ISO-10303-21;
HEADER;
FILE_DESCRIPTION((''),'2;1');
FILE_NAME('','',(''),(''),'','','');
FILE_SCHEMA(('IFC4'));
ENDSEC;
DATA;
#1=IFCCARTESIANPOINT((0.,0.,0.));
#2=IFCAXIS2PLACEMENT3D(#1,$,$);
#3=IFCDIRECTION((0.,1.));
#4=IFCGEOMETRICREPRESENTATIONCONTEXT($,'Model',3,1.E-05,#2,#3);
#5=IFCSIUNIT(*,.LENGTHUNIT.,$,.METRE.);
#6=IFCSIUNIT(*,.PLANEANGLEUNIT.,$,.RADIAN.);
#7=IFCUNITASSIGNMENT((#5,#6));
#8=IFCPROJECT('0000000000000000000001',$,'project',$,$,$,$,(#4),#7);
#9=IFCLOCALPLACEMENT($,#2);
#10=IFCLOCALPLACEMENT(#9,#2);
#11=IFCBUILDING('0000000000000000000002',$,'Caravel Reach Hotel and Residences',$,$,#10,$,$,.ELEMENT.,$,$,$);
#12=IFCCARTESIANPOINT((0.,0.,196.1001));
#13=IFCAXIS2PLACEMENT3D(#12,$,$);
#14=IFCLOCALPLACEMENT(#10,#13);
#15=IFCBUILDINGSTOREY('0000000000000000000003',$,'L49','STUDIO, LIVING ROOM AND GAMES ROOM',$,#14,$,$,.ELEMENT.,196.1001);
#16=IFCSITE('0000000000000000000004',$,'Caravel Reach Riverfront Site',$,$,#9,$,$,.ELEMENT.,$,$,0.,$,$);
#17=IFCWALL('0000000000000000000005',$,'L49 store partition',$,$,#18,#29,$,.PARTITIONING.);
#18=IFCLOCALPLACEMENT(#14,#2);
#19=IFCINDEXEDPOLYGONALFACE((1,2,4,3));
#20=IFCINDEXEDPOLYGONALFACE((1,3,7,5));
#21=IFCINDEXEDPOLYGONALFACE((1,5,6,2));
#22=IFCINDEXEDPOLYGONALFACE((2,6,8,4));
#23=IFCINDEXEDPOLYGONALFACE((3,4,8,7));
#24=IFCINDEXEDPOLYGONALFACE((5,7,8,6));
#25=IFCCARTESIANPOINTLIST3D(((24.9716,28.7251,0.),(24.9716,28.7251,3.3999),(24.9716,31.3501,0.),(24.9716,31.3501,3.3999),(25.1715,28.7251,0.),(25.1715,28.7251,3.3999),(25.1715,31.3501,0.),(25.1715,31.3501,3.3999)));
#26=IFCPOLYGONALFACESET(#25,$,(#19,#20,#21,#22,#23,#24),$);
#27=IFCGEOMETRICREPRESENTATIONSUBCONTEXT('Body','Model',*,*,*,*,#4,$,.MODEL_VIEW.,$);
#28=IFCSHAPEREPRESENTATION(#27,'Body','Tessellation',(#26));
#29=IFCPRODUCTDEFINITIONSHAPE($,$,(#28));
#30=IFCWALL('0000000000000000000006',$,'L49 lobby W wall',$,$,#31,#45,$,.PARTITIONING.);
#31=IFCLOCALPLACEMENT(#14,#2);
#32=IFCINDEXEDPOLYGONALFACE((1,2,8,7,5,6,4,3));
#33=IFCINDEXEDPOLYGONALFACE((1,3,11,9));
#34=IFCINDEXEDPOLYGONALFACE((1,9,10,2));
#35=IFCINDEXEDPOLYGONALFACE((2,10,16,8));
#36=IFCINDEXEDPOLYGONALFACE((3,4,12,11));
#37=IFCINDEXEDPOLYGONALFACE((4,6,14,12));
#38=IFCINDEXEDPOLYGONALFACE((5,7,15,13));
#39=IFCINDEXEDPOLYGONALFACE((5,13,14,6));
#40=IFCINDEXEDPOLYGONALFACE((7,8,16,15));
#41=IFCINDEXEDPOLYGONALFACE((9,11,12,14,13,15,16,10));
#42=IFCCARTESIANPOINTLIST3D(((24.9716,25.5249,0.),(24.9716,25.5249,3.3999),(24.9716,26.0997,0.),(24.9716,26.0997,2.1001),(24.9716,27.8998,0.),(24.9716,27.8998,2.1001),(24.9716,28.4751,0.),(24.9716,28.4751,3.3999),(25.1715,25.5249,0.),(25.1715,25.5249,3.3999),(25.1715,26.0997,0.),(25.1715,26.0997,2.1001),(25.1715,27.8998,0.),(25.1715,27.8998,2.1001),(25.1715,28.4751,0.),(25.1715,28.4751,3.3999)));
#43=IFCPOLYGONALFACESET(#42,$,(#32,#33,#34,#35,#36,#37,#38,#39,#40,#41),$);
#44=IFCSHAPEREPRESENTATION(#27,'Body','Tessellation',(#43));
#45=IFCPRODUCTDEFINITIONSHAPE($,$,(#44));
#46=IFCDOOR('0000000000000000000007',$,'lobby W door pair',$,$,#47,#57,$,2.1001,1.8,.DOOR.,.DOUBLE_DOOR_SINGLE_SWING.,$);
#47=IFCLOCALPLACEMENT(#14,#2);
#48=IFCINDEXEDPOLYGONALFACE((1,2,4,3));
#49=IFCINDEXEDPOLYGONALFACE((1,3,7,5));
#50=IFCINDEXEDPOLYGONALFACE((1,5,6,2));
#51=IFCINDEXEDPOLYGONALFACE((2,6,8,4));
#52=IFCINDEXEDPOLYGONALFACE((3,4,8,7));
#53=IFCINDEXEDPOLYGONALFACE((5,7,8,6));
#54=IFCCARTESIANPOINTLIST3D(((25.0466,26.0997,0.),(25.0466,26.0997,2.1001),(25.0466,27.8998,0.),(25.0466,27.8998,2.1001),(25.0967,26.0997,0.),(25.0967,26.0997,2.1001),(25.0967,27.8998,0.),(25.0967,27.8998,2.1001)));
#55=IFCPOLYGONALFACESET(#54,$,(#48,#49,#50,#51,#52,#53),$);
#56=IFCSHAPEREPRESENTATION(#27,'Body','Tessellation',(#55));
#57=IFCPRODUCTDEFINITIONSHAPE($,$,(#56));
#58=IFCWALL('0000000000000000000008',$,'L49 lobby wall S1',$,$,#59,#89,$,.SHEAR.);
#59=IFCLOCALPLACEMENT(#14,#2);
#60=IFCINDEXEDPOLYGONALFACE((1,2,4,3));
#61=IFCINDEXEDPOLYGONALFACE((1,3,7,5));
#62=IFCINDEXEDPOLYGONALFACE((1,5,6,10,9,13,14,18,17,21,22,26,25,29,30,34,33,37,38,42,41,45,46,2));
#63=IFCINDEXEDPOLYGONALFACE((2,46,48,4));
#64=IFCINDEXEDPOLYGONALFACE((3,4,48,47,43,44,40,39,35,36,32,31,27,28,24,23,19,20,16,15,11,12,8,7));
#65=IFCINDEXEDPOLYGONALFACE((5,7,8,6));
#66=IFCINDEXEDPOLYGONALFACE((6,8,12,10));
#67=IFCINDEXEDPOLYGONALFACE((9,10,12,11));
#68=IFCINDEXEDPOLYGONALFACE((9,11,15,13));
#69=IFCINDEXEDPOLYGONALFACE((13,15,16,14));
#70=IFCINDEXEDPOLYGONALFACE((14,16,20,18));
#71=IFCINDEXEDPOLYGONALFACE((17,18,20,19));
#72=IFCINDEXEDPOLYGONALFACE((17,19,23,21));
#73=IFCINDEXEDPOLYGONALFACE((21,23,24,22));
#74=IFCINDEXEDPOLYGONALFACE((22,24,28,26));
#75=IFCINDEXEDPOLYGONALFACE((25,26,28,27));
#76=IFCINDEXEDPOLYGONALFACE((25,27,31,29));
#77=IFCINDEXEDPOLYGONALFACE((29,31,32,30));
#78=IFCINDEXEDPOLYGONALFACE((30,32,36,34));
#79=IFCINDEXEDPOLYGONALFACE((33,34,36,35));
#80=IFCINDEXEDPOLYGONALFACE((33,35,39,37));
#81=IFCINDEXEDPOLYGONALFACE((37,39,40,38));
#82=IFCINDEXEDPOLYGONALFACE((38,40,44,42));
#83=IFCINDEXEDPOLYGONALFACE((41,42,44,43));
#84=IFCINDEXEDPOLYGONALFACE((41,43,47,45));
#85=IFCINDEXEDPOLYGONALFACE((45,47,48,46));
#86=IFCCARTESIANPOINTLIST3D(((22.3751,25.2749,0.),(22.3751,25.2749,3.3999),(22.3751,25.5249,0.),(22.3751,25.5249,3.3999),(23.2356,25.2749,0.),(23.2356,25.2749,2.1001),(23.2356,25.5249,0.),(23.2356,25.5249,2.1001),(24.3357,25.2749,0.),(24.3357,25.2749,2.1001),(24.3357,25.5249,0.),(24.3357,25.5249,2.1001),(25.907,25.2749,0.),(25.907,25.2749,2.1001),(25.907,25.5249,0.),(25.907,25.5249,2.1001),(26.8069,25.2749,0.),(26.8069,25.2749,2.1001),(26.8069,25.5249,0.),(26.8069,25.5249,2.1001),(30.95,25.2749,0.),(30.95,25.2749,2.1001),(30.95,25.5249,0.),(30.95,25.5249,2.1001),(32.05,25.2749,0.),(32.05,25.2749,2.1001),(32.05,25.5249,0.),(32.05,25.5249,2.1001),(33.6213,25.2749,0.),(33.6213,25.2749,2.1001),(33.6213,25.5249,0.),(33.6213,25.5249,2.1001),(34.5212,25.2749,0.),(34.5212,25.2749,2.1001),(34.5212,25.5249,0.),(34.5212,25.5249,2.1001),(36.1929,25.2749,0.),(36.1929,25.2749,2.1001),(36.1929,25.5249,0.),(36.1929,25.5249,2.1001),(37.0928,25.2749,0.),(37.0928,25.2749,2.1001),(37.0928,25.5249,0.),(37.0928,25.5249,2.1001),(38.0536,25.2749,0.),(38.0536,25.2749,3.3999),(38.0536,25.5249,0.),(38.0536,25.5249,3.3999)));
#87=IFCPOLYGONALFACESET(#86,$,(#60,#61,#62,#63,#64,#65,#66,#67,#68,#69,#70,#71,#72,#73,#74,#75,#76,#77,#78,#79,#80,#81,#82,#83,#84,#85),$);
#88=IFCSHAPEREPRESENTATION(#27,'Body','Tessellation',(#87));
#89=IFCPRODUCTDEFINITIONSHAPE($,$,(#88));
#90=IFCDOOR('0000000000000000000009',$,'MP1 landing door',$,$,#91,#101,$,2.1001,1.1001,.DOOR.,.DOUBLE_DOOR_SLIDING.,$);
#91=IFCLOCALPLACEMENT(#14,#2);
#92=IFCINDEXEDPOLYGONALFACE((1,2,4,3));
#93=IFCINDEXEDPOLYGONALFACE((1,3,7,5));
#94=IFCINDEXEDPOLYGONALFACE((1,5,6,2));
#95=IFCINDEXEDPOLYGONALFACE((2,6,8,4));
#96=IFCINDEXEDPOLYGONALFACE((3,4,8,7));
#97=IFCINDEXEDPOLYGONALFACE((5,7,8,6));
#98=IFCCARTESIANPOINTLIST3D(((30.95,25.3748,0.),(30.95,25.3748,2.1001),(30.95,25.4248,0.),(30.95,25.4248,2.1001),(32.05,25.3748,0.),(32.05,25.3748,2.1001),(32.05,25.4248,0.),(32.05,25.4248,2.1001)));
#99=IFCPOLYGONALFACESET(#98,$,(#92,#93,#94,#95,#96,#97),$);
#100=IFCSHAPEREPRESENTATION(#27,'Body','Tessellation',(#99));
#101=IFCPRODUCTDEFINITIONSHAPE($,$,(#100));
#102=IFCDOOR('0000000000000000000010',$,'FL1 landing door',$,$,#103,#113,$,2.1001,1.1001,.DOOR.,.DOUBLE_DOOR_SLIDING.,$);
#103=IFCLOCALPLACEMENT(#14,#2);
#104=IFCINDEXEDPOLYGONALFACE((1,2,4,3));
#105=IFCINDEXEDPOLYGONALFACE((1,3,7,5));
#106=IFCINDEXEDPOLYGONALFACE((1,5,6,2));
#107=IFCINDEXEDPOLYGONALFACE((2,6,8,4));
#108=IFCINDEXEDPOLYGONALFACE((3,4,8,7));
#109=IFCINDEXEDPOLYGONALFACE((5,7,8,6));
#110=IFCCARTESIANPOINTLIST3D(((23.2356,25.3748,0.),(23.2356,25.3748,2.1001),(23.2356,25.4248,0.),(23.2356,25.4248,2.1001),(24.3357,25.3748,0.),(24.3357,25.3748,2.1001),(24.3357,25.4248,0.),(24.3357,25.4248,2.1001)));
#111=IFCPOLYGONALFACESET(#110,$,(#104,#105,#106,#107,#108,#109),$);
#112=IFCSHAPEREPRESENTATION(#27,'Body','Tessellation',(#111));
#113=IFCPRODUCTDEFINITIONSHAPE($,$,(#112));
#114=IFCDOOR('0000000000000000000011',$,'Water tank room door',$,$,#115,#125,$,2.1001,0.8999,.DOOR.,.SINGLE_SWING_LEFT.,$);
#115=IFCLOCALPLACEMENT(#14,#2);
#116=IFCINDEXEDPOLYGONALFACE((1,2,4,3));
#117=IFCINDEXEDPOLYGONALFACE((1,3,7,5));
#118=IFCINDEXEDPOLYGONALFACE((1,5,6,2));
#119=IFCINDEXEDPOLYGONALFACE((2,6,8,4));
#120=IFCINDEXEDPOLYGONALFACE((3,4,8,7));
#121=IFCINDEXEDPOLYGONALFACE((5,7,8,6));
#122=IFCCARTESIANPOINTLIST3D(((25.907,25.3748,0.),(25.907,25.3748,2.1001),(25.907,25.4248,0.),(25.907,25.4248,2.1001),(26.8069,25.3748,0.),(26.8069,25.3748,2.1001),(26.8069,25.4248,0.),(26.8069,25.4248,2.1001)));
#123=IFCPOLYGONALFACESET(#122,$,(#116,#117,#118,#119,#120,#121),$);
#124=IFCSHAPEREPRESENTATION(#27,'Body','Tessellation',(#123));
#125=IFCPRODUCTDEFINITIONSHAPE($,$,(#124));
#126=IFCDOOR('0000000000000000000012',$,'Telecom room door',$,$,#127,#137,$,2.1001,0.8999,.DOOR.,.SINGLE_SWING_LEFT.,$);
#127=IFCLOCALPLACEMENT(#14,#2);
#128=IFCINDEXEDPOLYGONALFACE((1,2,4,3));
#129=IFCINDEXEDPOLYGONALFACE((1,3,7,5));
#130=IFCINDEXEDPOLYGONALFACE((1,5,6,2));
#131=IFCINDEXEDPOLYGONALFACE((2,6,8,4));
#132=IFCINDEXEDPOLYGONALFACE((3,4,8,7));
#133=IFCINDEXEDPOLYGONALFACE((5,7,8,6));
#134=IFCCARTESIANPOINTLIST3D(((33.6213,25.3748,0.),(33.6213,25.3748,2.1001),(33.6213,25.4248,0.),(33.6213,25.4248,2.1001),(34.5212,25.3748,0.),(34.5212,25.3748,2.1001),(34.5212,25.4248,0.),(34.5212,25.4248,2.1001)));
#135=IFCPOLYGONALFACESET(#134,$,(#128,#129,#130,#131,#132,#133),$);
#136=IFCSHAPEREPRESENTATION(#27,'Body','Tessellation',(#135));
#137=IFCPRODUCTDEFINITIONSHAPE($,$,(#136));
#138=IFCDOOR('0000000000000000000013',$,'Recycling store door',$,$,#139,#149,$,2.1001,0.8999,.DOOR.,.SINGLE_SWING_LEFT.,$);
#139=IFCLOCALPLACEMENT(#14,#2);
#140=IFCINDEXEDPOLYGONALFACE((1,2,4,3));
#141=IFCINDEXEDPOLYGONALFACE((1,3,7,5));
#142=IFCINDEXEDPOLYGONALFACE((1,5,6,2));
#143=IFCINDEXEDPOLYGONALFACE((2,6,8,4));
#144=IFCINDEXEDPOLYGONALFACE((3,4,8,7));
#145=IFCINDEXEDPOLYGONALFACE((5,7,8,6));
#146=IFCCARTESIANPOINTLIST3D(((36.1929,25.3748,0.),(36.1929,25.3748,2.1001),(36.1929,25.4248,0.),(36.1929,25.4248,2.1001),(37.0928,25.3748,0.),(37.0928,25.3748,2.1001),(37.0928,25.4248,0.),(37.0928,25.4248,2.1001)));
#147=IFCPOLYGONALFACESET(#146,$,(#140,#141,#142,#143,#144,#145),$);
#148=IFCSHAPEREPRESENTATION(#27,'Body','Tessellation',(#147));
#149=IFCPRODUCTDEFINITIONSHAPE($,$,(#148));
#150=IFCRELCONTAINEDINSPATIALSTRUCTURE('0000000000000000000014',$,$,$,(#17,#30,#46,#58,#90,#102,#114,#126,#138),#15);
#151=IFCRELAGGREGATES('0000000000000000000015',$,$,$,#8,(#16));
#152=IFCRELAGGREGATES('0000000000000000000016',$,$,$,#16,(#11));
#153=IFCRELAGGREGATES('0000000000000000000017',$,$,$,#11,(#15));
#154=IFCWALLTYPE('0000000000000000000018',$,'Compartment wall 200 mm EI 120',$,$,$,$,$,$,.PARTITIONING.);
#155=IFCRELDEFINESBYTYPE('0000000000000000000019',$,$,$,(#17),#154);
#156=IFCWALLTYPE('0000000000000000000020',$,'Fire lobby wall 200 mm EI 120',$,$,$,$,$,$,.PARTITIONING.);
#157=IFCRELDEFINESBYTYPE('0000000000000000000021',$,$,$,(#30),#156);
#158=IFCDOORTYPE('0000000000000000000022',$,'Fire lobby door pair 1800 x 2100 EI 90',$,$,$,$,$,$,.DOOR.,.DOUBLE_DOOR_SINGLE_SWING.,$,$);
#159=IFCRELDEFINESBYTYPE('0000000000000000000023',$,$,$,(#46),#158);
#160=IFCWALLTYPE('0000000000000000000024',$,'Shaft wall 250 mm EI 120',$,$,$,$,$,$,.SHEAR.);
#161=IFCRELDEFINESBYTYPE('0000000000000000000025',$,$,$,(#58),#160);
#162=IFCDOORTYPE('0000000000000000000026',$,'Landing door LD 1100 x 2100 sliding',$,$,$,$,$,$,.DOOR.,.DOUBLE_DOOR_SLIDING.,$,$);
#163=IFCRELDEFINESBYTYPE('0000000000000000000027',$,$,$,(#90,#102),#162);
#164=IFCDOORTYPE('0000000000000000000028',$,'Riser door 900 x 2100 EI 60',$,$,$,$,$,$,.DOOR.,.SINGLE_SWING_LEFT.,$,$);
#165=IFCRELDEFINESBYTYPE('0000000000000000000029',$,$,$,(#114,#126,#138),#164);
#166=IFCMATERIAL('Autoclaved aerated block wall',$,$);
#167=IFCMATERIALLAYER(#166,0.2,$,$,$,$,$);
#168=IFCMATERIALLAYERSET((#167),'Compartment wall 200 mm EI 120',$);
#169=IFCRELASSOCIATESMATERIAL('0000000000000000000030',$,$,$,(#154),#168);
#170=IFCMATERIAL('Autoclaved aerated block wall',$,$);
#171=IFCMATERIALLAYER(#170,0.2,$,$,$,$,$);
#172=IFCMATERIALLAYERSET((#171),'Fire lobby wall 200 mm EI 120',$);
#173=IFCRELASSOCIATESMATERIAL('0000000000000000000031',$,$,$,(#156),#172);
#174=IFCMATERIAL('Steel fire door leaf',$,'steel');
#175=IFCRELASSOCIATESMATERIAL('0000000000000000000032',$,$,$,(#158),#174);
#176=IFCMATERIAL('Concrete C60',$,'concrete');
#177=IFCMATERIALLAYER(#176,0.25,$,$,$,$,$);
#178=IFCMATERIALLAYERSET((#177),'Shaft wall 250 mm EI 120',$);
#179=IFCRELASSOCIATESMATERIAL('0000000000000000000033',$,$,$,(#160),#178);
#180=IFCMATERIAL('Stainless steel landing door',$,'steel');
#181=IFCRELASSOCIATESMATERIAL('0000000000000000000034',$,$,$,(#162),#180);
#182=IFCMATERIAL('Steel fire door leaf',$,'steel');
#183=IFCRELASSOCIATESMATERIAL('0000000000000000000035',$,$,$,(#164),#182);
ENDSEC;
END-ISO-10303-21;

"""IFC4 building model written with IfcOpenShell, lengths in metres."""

from ifc_helpers import new_model, si_unit, direction, frame, frame_2d, origin, place, context, subcontext, project, spatial, rectangle, extrude, material, layer, layer_set, type_object, element, fill, save


model = new_model("IFC4")

# Units and contexts
model_context = context("Model", 3, precision=1e-05, world=origin(), true_north=direction((0.0, 1.0)))
body_context = subcontext(model_context, "Body", "Model", "MODEL_VIEW")
ifc_project = project(units=[si_unit("LENGTHUNIT", "METRE"), si_unit("PLANEANGLEUNIT", "RADIAN")], contexts=[model_context])

# Site, building, storey
site_placement = place(None, origin())
site = spatial("IfcSite", under=ifc_project, at=site_placement, Name="Caravel Reach Riverfront Site", CompositionType="ELEMENT", RefElevation=0.0)
building_placement = place(site_placement, origin())
building = spatial("IfcBuilding", under=site, at=building_placement, Name="Caravel Reach Hotel and Residences", CompositionType="ELEMENT")
storey_placement = place(building_placement, frame((0.0, 0.0, 196.1001)))
storey = spatial("IfcBuildingStorey", under=building, at=storey_placement, Name="L49", Description="STUDIO, LIVING ROOM AND GAMES ROOM", CompositionType="ELEMENT", Elevation=196.1001)

# Wall
ifc_material_1 = material(Name="Autoclaved aerated block wall")
ifc_layer_1 = layer(ifc_material_1, 0.2)
ifc_layer_set_1 = layer_set([ifc_layer_1], Name="Compartment wall 200 mm EI 120")
wall_type_1 = type_object("IfcWallType", Name="Compartment wall 200 mm EI 120", PredefinedType="PARTITIONING", material=ifc_layer_set_1)
wall_1_placement = place(storey_placement, frame((25.0715, 28.7251, 0.0), z_axis=(0.0, 0.0, 1.0), x_axis=(0.0, 1.0, 0.0)))
element("IfcWall", 1, at=wall_1_placement, inside=storey, type_object=wall_type_1, Name="L49 store partition", PredefinedType="PARTITIONING", context=body_context, shape_type="SweptSolid", body=[
    extrude(rectangle(XDim=2.625, YDim=0.2, at=frame_2d((1.3125, 0.0))), origin(), (0.0, 0.0, 1.0), 3.3999),
])

# Wall, opening, door
ifc_material_2 = material(Name="Autoclaved aerated block wall")
ifc_layer_2 = layer(ifc_material_2, 0.2)
ifc_layer_set_2 = layer_set([ifc_layer_2], Name="Fire lobby wall 200 mm EI 120")
wall_type_2 = type_object("IfcWallType", Name="Fire lobby wall 200 mm EI 120", PredefinedType="PARTITIONING", material=ifc_layer_set_2)
wall_2_placement = place(storey_placement, frame((25.0715, 25.5249, 0.0), z_axis=(0.0, 0.0, 1.0), x_axis=(0.0, 1.0, 0.0)))
wall_2 = element("IfcWall", 2, at=wall_2_placement, inside=storey, type_object=wall_type_2, Name="L49 lobby W wall", PredefinedType="PARTITIONING", context=body_context, shape_type="SweptSolid", body=[
    extrude(rectangle(XDim=2.9502, YDim=0.2, at=frame_2d((1.4751, 0.0))), origin(), (0.0, 0.0, 1.0), 3.3999),
])
opening_1_placement = place(wall_2_placement, frame((0.575, 0.0, 0.0)))
opening_1 = element("IfcOpeningElement", 3, at=opening_1_placement, cuts=wall_2, PredefinedType="OPENING", context=body_context, shape_type="SweptSolid", body=[
    extrude(rectangle(XDim=1.8, YDim=2.1001, at=frame_2d((0.8999, 1.05))), frame((0.0, 0.1099, 0.0), z_axis=(0.0, -1.0, 0.0), x_axis=(1.0, 0.0, 0.0)), (0.0, 0.0, 1.0), 0.22),
])
ifc_material_3 = material(Name="Steel fire door leaf", Category="steel")
door_type_1 = type_object("IfcDoorType", Name="Fire lobby door pair 1800 x 2100 EI 90", OperationType="DOUBLE_DOOR_SINGLE_SWING", PredefinedType="DOOR", material=ifc_material_3)
door_1_placement = place(opening_1_placement, origin())
door_1 = element("IfcDoor", 4, at=door_1_placement, inside=storey, type_object=door_type_1, Name="lobby W door pair", OperationType="DOUBLE_DOOR_SINGLE_SWING", OverallHeight=2.1001, OverallWidth=1.8, PredefinedType="DOOR", context=body_context, shape_type="SweptSolid", body=[
    extrude(rectangle(XDim=1.8, YDim=2.1001, at=frame_2d((0.8999, 1.05))), frame((0.0, 0.0249, 0.0), z_axis=(0.0, -1.0, 0.0), x_axis=(1.0, 0.0, 0.0)), (0.0, 0.0, 1.0), 0.05),
])
fill(opening_1, door_1)

# Wall, openings, doors
ifc_material_4 = material(Name="Concrete C60", Category="concrete")
ifc_layer_3 = layer(ifc_material_4, 0.25)
ifc_layer_set_3 = layer_set([ifc_layer_3], Name="Shaft wall 250 mm EI 120")
wall_type_3 = type_object("IfcWallType", Name="Shaft wall 250 mm EI 120", PredefinedType="SHEAR", material=ifc_layer_set_3)
wall_3_placement = place(storey_placement, frame((22.375, 25.3999, 0.0), z_axis=(0.0, 0.0, 1.0), x_axis=(1.0, 0.0, 0.0)))
wall_3 = element("IfcWall", 5, at=wall_3_placement, inside=storey, type_object=wall_type_3, Name="L49 lobby wall S1", PredefinedType="SHEAR", context=body_context, shape_type="SweptSolid", body=[
    extrude(rectangle(XDim=15.6785, YDim=0.25, at=frame_2d((7.8394, 0.0))), origin(), (0.0, 0.0, 1.0), 3.3999),
])
opening_2_placement = place(wall_3_placement, frame((8.575, 0.0, 0.0)))
opening_2 = element("IfcOpeningElement", 6, at=opening_2_placement, cuts=wall_3, PredefinedType="OPENING", context=body_context, shape_type="SweptSolid", body=[
    extrude(rectangle(XDim=1.1001, YDim=2.1001, at=frame_2d((0.55, 1.05))), frame((0.0, 0.135, 0.0), z_axis=(0.0, -1.0, 0.0), x_axis=(1.0, 0.0, 0.0)), (0.0, 0.0, 1.0), 0.27),
])
opening_3_placement = place(wall_3_placement, frame((0.8606, 0.0, 0.0)))
opening_3 = element("IfcOpeningElement", 7, at=opening_3_placement, cuts=wall_3, PredefinedType="OPENING", context=body_context, shape_type="SweptSolid", body=[
    extrude(rectangle(XDim=1.1001, YDim=2.1001, at=frame_2d((0.55, 1.05))), frame((0.0, 0.135, 0.0), z_axis=(0.0, -1.0, 0.0), x_axis=(1.0, 0.0, 0.0)), (0.0, 0.0, 1.0), 0.27),
])
opening_4_placement = place(wall_3_placement, frame((3.532, 0.0, 0.0)))
opening_4 = element("IfcOpeningElement", 8, at=opening_4_placement, cuts=wall_3, PredefinedType="OPENING", context=body_context, shape_type="SweptSolid", body=[
    extrude(rectangle(XDim=0.8999, YDim=2.1001, at=frame_2d((0.45, 1.05))), frame((0.0, 0.135, 0.0), z_axis=(0.0, -1.0, 0.0), x_axis=(1.0, 0.0, 0.0)), (0.0, 0.0, 1.0), 0.27),
])
opening_5_placement = place(wall_3_placement, frame((11.2463, 0.0, 0.0)))
opening_5 = element("IfcOpeningElement", 9, at=opening_5_placement, cuts=wall_3, PredefinedType="OPENING", context=body_context, shape_type="SweptSolid", body=[
    extrude(rectangle(XDim=0.8999, YDim=2.1001, at=frame_2d((0.45, 1.05))), frame((0.0, 0.135, 0.0), z_axis=(0.0, -1.0, 0.0), x_axis=(1.0, 0.0, 0.0)), (0.0, 0.0, 1.0), 0.27),
])
opening_6_placement = place(wall_3_placement, frame((13.8179, 0.0, 0.0)))
opening_6 = element("IfcOpeningElement", 10, at=opening_6_placement, cuts=wall_3, PredefinedType="OPENING", context=body_context, shape_type="SweptSolid", body=[
    extrude(rectangle(XDim=0.8999, YDim=2.1001, at=frame_2d((0.45, 1.05))), frame((0.0, 0.135, 0.0), z_axis=(0.0, -1.0, 0.0), x_axis=(1.0, 0.0, 0.0)), (0.0, 0.0, 1.0), 0.27),
])
ifc_material_5 = material(Name="Stainless steel landing door", Category="steel")
door_type_2 = type_object("IfcDoorType", Name="Landing door LD 1100 x 2100 sliding", OperationType="DOUBLE_DOOR_SLIDING", PredefinedType="DOOR", material=ifc_material_5)
door_2_placement = place(opening_2_placement, origin())
door_2 = element("IfcDoor", 11, at=door_2_placement, inside=storey, type_object=door_type_2, Name="MP1 landing door", OperationType="DOUBLE_DOOR_SLIDING", OverallHeight=2.1001, OverallWidth=1.1001, PredefinedType="DOOR", context=body_context, shape_type="SweptSolid", body=[
    extrude(rectangle(XDim=1.1001, YDim=2.1001, at=frame_2d((0.55, 1.05))), frame((0.0, 0.0249, 0.0), z_axis=(0.0, -1.0, 0.0), x_axis=(1.0, 0.0, 0.0)), (0.0, 0.0, 1.0), 0.05),
])
fill(opening_2, door_2)
door_3_placement = place(opening_3_placement, origin())
door_3 = element("IfcDoor", 12, at=door_3_placement, inside=storey, type_object=door_type_2, Name="FL1 landing door", OperationType="DOUBLE_DOOR_SLIDING", OverallHeight=2.1001, OverallWidth=1.1001, PredefinedType="DOOR", context=body_context, shape_type="SweptSolid", body=[
    extrude(rectangle(XDim=1.1001, YDim=2.1001, at=frame_2d((0.55, 1.05))), frame((0.0, 0.0249, 0.0), z_axis=(0.0, -1.0, 0.0), x_axis=(1.0, 0.0, 0.0)), (0.0, 0.0, 1.0), 0.05),
])
fill(opening_3, door_3)
ifc_material_6 = material(Name="Steel fire door leaf", Category="steel")
door_type_3 = type_object("IfcDoorType", Name="Riser door 900 x 2100 EI 60", OperationType="SINGLE_SWING_LEFT", PredefinedType="DOOR", material=ifc_material_6)
door_4_placement = place(opening_4_placement, origin())
door_4 = element("IfcDoor", 13, at=door_4_placement, inside=storey, type_object=door_type_3, Name="Water tank room door", OperationType="SINGLE_SWING_LEFT", OverallHeight=2.1001, OverallWidth=0.8999, PredefinedType="DOOR", context=body_context, shape_type="SweptSolid", body=[
    extrude(rectangle(XDim=0.8999, YDim=2.1001, at=frame_2d((0.45, 1.05))), frame((0.0, 0.0249, 0.0), z_axis=(0.0, -1.0, 0.0), x_axis=(1.0, 0.0, 0.0)), (0.0, 0.0, 1.0), 0.05),
])
fill(opening_4, door_4)
door_5_placement = place(opening_5_placement, origin())
door_5 = element("IfcDoor", 14, at=door_5_placement, inside=storey, type_object=door_type_3, Name="Telecom room door", OperationType="SINGLE_SWING_LEFT", OverallHeight=2.1001, OverallWidth=0.8999, PredefinedType="DOOR", context=body_context, shape_type="SweptSolid", body=[
    extrude(rectangle(XDim=0.8999, YDim=2.1001, at=frame_2d((0.45, 1.05))), frame((0.0, 0.0249, 0.0), z_axis=(0.0, -1.0, 0.0), x_axis=(1.0, 0.0, 0.0)), (0.0, 0.0, 1.0), 0.05),
])
fill(opening_5, door_5)
door_6_placement = place(opening_6_placement, origin())
door_6 = element("IfcDoor", 15, at=door_6_placement, inside=storey, type_object=door_type_3, Name="Recycling store door", OperationType="SINGLE_SWING_LEFT", OverallHeight=2.1001, OverallWidth=0.8999, PredefinedType="DOOR", context=body_context, shape_type="SweptSolid", body=[
    extrude(rectangle(XDim=0.8999, YDim=2.1001, at=frame_2d((0.45, 1.05))), frame((0.0, 0.0249, 0.0), z_axis=(0.0, -1.0, 0.0), x_axis=(1.0, 0.0, 0.0)), (0.0, 0.0, 1.0), 0.05),
])
fill(opening_6, door_6)

save(model, "model.ifc")
